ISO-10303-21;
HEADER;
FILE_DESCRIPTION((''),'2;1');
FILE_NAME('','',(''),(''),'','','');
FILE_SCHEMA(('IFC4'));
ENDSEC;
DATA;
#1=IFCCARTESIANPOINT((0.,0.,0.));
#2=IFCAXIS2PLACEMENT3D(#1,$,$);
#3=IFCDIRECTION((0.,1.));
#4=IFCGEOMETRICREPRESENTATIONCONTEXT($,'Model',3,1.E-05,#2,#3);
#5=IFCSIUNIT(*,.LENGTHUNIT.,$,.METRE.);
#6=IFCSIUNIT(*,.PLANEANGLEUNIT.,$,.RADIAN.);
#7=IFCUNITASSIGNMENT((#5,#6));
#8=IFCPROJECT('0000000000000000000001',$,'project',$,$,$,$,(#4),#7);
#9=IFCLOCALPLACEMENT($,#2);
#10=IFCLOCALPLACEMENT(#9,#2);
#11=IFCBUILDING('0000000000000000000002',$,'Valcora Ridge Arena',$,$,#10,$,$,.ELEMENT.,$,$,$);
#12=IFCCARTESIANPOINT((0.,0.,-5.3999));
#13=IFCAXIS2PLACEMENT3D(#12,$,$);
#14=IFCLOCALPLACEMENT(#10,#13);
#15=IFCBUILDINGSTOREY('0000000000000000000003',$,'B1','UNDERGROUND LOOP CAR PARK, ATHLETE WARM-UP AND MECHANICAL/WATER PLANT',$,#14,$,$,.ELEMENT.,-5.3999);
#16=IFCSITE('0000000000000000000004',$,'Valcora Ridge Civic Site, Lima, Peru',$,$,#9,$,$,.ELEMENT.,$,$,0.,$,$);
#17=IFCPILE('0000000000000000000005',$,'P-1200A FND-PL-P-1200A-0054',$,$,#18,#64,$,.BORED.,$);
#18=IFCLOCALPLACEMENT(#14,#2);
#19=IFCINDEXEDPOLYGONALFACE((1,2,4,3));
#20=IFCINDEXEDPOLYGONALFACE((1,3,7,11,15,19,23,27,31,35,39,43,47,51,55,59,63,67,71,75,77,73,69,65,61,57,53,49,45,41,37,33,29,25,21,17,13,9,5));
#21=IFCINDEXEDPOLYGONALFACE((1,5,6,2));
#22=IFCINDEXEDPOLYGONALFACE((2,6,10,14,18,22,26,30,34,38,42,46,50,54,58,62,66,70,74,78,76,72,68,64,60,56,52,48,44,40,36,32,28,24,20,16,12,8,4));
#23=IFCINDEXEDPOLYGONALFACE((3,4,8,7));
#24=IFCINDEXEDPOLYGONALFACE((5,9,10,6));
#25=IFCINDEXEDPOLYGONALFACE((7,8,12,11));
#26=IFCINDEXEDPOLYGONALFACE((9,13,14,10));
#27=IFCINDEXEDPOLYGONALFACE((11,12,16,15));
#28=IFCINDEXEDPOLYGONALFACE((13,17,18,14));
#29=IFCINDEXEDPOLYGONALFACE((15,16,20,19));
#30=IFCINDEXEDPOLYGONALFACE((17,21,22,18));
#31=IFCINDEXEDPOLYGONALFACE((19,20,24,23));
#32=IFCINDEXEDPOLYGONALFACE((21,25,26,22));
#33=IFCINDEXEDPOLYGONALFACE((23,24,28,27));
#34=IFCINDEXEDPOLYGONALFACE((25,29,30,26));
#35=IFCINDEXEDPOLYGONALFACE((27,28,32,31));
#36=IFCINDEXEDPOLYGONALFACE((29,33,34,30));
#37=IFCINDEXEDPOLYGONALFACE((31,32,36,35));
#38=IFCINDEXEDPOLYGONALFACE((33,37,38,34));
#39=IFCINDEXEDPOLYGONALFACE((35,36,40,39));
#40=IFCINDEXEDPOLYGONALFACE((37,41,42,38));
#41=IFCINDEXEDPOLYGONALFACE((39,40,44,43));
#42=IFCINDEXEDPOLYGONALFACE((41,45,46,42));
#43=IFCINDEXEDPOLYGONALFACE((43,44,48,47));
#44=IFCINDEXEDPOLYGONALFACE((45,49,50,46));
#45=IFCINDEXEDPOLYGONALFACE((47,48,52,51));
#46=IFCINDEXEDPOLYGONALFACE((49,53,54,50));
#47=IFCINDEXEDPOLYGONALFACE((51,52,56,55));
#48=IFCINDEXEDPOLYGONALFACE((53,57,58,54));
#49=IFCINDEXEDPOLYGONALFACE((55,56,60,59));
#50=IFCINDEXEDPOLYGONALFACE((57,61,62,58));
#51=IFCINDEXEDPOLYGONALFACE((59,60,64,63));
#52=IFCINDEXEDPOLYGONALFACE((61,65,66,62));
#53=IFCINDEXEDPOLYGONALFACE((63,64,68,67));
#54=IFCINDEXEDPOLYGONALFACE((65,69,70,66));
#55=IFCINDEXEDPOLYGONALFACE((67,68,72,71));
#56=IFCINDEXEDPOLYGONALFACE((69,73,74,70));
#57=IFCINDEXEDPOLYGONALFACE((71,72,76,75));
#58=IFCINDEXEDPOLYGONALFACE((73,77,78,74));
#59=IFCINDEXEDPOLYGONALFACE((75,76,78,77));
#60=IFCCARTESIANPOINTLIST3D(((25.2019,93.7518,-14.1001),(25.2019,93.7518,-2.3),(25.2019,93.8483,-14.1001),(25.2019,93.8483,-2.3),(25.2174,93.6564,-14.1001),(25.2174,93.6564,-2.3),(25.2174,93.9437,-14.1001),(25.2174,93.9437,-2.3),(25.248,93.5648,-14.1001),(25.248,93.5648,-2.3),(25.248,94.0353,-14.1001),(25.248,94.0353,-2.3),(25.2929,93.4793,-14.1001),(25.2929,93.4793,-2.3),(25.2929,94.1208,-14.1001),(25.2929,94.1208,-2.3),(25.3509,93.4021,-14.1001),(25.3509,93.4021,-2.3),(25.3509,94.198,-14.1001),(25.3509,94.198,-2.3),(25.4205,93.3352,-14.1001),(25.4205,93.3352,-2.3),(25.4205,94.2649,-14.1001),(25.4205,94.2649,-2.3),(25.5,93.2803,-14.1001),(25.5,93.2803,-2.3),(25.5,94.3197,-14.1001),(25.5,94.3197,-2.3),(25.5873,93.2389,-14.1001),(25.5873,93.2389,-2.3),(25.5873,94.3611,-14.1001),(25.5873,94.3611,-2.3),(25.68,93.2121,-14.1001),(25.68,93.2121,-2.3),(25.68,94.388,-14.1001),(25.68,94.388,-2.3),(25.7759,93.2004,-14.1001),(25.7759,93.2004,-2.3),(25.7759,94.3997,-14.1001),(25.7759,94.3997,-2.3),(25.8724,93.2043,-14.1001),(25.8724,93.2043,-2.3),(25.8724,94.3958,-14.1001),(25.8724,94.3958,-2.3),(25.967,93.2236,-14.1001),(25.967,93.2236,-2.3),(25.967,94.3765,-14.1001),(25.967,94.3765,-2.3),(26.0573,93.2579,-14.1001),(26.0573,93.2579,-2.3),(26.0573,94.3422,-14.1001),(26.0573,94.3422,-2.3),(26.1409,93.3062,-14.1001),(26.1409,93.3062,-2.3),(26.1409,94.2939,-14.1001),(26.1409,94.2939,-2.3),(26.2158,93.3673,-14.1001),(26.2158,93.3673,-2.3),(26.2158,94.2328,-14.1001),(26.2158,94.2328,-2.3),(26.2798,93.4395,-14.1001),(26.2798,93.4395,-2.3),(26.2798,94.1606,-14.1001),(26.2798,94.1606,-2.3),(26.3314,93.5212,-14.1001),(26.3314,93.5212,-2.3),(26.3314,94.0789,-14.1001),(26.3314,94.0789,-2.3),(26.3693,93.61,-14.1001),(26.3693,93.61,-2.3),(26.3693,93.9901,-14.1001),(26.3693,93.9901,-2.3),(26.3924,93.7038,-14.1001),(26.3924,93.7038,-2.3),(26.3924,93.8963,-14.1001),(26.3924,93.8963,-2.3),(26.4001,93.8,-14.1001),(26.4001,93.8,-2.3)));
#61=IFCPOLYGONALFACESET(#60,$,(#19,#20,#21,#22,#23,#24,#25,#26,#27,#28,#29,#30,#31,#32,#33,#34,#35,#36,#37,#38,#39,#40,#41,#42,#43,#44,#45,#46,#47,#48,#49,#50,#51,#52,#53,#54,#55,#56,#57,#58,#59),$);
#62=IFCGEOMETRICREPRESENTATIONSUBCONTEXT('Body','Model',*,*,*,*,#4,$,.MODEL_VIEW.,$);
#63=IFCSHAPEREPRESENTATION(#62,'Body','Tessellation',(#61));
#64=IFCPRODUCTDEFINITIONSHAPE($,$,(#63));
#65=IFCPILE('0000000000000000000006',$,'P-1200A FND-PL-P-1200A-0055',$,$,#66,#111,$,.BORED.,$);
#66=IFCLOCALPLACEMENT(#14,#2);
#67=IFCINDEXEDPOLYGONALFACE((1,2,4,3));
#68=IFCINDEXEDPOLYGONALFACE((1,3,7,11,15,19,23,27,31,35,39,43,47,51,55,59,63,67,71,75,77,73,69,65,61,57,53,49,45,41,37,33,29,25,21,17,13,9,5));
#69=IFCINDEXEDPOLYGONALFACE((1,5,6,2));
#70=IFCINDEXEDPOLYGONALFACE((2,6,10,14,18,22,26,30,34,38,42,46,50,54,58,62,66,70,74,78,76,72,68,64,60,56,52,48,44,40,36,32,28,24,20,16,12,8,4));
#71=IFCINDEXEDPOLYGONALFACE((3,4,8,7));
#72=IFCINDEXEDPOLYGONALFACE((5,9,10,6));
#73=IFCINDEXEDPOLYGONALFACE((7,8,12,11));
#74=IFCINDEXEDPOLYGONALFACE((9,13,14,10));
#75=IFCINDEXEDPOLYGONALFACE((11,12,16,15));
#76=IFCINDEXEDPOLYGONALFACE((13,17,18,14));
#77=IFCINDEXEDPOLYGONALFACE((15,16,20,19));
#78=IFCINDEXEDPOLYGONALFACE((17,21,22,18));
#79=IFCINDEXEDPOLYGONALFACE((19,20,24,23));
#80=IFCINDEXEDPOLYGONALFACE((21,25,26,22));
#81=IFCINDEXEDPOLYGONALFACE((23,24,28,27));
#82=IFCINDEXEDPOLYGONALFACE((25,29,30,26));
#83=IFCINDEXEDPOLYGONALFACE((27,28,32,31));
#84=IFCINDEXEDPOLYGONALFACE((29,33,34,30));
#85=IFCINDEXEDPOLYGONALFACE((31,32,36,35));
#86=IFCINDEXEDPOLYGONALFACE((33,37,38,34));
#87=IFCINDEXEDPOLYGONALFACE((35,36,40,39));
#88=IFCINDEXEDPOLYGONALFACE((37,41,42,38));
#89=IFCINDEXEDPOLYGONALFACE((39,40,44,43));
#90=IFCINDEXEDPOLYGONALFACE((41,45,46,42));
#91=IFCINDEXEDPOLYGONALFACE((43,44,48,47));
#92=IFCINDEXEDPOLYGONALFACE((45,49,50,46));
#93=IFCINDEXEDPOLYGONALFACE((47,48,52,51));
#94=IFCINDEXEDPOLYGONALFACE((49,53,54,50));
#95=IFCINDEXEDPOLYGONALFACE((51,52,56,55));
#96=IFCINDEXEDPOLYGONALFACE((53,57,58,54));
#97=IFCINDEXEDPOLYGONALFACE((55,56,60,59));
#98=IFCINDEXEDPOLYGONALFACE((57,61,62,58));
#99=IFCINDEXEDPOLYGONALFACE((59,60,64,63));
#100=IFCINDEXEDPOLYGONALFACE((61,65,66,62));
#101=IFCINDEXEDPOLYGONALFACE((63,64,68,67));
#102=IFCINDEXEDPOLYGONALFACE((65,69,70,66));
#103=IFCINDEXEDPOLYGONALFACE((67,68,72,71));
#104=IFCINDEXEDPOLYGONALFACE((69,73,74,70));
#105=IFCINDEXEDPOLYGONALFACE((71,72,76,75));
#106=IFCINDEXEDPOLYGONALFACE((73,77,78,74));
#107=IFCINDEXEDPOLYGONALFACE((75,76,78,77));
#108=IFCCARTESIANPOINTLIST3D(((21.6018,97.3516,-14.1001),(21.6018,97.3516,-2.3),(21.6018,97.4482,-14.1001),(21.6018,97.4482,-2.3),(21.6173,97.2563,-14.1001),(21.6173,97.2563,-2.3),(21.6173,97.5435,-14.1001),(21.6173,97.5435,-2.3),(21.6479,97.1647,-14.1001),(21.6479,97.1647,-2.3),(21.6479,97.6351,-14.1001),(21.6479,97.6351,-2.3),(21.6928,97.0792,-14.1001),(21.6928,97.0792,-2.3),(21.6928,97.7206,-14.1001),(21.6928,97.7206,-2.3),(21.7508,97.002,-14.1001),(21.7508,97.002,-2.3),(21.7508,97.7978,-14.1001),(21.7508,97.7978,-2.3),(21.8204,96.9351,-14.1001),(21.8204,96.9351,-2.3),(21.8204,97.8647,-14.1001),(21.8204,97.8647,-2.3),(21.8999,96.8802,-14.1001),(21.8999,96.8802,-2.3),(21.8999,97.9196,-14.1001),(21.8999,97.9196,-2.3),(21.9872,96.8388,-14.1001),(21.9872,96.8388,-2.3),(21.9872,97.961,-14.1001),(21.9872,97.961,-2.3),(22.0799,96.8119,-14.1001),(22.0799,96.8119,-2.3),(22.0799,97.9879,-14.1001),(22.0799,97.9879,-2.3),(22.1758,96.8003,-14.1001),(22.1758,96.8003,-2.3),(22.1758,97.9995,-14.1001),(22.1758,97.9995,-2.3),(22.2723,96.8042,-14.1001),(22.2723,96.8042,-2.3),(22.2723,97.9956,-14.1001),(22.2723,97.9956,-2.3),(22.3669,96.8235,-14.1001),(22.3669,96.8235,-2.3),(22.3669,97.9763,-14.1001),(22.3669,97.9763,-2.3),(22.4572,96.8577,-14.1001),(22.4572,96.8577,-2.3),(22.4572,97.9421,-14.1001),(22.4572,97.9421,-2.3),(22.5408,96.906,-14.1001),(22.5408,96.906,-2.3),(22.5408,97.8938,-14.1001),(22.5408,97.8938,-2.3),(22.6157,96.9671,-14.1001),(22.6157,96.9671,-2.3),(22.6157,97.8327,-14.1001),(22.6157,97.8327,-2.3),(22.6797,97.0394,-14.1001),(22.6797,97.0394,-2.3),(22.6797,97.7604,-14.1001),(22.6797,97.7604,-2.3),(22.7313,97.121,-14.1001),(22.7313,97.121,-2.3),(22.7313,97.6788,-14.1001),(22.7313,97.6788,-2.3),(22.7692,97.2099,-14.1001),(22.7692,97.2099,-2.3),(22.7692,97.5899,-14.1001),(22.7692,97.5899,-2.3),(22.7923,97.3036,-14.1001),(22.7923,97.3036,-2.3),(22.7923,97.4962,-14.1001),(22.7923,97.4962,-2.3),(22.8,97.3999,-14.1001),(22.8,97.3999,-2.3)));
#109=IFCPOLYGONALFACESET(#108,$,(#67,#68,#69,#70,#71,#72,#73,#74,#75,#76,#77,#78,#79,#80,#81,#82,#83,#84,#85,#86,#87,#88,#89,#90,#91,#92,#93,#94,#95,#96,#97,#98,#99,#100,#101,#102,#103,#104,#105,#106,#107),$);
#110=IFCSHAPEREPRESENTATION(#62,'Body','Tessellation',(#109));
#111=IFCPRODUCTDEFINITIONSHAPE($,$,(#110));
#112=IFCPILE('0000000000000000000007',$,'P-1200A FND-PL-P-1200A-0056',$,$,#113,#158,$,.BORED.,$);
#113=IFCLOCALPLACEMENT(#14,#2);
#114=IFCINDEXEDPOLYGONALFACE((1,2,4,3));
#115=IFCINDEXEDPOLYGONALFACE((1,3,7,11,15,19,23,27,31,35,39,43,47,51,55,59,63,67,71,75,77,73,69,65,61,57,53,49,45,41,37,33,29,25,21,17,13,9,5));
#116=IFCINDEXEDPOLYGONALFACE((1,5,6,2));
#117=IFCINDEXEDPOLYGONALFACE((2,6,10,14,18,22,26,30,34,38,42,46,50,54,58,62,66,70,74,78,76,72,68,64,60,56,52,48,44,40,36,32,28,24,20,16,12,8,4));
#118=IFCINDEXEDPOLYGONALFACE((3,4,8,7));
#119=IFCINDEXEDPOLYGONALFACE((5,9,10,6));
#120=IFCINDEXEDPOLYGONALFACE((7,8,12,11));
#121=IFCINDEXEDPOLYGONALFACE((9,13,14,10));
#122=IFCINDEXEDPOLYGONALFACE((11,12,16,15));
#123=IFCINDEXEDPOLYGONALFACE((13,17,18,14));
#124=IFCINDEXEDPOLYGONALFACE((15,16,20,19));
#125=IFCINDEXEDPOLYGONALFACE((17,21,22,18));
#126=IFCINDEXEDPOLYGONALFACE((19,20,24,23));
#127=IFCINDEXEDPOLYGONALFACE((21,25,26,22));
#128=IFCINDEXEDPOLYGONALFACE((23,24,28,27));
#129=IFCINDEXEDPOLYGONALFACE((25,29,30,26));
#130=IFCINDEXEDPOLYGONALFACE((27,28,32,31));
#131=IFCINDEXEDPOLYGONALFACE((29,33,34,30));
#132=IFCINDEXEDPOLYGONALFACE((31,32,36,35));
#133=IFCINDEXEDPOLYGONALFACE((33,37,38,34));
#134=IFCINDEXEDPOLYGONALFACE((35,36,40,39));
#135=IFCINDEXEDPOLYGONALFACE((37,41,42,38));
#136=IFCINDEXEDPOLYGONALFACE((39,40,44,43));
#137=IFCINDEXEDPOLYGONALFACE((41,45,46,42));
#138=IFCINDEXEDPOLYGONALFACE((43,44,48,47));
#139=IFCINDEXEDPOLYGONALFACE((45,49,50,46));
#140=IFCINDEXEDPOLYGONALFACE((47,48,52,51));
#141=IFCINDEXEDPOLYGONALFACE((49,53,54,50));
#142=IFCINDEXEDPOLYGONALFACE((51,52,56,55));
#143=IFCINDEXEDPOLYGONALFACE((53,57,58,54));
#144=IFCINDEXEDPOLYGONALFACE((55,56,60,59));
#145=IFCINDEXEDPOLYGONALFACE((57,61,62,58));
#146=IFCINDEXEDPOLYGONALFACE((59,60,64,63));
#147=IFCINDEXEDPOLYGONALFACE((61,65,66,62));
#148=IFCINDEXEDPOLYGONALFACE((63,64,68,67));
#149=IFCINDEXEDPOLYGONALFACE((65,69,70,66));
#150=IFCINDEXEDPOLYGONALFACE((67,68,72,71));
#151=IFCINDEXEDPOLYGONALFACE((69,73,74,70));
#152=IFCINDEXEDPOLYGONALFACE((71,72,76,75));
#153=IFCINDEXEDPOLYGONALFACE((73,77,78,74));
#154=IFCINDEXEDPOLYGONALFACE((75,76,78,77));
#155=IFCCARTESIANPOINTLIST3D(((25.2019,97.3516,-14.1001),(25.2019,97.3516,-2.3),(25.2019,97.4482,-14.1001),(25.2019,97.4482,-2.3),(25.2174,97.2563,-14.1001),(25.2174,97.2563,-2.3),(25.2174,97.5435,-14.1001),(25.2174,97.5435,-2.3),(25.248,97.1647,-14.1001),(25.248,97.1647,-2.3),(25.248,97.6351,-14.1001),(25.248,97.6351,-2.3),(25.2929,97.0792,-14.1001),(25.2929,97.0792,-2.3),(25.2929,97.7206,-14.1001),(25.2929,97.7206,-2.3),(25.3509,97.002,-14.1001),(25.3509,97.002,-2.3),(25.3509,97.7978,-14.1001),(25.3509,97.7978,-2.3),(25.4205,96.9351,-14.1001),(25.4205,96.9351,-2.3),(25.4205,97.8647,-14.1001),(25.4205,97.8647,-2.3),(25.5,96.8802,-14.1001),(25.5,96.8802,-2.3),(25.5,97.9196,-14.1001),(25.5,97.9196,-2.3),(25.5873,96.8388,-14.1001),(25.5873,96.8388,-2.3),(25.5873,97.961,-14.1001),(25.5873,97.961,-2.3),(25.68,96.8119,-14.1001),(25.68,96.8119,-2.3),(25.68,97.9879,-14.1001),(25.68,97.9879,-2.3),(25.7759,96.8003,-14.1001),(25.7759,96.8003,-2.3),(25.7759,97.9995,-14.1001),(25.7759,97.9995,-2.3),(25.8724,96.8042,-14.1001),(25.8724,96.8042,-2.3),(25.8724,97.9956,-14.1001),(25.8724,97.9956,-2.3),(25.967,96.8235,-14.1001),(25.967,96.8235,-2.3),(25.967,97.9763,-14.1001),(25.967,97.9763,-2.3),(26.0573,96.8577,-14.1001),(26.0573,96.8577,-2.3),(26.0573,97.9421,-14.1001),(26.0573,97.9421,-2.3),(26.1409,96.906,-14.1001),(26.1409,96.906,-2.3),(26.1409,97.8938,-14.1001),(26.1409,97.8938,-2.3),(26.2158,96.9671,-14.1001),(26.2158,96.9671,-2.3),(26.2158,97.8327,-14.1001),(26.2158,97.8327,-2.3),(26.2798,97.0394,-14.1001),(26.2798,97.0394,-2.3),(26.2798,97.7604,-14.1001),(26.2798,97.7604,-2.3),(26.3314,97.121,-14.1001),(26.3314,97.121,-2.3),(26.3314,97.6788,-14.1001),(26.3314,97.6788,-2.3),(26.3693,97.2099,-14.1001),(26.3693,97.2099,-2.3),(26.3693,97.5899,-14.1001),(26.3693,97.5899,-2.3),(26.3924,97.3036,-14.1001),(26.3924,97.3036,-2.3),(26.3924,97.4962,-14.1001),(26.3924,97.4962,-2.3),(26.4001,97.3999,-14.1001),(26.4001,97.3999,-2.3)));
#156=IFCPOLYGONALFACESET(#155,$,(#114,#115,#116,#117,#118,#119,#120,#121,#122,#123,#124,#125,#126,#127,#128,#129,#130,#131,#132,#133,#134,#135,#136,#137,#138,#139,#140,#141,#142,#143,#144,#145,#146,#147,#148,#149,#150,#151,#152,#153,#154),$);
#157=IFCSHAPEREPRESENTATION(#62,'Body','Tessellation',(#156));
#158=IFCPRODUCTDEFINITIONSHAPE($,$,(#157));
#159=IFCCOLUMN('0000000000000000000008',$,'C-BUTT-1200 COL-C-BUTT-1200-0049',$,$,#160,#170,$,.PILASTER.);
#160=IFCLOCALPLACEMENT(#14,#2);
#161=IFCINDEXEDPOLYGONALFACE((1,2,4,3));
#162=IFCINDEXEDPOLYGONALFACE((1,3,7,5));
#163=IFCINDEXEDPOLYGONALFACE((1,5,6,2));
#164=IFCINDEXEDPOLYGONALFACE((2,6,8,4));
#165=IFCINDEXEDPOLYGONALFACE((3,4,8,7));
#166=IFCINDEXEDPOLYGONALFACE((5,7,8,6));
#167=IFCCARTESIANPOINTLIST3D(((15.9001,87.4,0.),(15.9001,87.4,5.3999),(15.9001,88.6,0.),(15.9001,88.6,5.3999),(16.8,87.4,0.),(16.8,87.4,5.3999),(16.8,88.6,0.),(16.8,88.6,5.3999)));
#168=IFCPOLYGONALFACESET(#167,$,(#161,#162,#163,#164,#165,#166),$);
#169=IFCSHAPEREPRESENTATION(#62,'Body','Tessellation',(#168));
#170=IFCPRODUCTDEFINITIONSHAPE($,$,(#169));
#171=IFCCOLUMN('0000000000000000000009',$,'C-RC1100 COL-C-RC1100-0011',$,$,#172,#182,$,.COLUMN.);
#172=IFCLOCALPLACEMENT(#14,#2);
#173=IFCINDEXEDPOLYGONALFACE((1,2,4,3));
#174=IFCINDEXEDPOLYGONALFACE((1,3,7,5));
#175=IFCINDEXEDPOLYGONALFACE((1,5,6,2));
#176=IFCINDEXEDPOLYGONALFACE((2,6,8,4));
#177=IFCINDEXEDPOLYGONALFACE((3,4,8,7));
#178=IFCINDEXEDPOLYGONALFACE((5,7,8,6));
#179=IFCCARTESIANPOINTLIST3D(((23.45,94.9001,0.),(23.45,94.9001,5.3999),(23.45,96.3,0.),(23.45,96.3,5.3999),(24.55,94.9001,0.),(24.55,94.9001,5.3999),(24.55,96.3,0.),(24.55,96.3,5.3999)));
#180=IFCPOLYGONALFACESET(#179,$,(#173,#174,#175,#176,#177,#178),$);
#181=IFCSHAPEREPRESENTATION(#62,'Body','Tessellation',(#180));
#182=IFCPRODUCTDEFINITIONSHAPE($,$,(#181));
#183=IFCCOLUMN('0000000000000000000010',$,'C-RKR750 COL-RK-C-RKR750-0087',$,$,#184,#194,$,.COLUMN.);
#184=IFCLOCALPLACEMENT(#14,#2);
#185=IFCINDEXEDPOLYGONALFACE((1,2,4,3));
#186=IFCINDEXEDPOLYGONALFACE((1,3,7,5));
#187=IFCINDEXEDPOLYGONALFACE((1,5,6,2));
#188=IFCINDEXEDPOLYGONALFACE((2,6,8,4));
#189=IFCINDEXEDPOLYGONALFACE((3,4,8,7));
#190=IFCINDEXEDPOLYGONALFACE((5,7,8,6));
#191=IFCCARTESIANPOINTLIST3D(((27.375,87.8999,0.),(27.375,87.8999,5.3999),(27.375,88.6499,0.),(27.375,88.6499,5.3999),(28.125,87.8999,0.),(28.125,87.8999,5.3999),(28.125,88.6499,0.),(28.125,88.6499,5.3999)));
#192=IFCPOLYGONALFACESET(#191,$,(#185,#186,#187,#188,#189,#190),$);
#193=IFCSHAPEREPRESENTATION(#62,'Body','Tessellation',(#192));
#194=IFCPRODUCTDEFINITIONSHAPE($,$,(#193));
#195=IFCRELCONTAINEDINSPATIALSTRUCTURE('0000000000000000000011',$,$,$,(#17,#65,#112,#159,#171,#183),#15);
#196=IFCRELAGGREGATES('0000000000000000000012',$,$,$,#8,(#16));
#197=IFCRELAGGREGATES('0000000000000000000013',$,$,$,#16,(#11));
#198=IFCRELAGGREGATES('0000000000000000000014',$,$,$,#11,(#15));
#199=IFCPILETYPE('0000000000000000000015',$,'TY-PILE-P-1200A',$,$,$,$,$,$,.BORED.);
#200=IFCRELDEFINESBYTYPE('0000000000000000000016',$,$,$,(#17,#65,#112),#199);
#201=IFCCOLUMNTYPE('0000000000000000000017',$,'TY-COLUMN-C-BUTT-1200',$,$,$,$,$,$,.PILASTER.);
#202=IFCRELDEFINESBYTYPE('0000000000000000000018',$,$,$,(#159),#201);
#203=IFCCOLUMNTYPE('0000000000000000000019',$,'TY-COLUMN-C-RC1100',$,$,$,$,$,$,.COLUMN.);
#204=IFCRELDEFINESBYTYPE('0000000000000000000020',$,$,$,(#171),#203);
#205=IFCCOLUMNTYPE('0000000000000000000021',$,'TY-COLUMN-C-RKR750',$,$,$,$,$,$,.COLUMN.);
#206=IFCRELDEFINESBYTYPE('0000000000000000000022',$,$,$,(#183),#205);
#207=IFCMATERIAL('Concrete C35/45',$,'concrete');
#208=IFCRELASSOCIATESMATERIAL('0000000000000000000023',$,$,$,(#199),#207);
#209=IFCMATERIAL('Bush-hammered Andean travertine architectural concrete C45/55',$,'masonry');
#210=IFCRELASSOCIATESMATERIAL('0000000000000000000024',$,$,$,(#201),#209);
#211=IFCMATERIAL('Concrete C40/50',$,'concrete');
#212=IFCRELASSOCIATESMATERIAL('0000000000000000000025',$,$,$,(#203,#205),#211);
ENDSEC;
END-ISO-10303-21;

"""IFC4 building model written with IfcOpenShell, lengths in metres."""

from ifc_helpers import new_model, si_unit, direction, frame, origin, origin_2d, place, context, subcontext, project, spatial, rectangle, circle, extrude, material, material_profile, profile_set, type_object, element, save


model = new_model("IFC4")

# Units and contexts
model_context = context("Model", 3, precision=1e-05, world=origin(), true_north=direction((0.0, 1.0)))
body_context = subcontext(model_context, "Body", "Model", "MODEL_VIEW")
ifc_project = project(units=[si_unit("LENGTHUNIT", "METRE"), si_unit("PLANEANGLEUNIT", "RADIAN")], contexts=[model_context])

# Site, building, storey
site_placement = place(None, origin())
site = spatial("IfcSite", under=ifc_project, at=site_placement, Name="Valcora Ridge Civic Site, Lima, Peru", CompositionType="ELEMENT", RefElevation=0.0)
building_placement = place(site_placement, origin())
building = spatial("IfcBuilding", under=site, at=building_placement, Name="Valcora Ridge Arena", CompositionType="ELEMENT")
storey_placement = place(building_placement, frame((0.0, 0.0, -5.3999)))
storey = spatial("IfcBuildingStorey", under=building, at=storey_placement, Name="B1", Description="UNDERGROUND LOOP CAR PARK, ATHLETE WARM-UP AND MECHANICAL/WATER PLANT", CompositionType="ELEMENT", Elevation=-5.3999)

# Shared definitions
ifc_material_1 = material(Name="Concrete C40/50", Category="concrete")

# Piles
ifc_material_2 = material(Name="Concrete C35/45", Category="concrete")
ifc_material_profile_1 = material_profile(ifc_material_2, circle(Radius=0.6001, at=origin_2d()), Name="BORED PILE D1200")
ifc_profile_set_1 = profile_set([ifc_material_profile_1], Name="Concrete C35/45")
pile_type_1 = type_object("IfcPileType", Name="TY-PILE-P-1200A", PredefinedType="BORED", material=ifc_profile_set_1)
for number, where, z_axis, x_axis, name in (
    (1, (25.8, 93.8, -2.3), (0.0, 0.0, -1.0), (1.0, 0.0, 0.0), "P-1200A FND-PL-P-1200A-0054"),
    (2, (22.2, 97.3999, -2.3), (0.0, 0.0, -1.0), (1.0, 0.0, 0.0), "P-1200A FND-PL-P-1200A-0055"),
    (3, (25.8, 97.3999, -2.3), (0.0, 0.0, -1.0), (1.0, 0.0, 0.0), "P-1200A FND-PL-P-1200A-0056"),
):
    element("IfcPile", number, at=place(storey_placement, frame(where, z_axis=z_axis, x_axis=x_axis)), inside=storey, type_object=pile_type_1, Name=name, PredefinedType="BORED", context=body_context, shape_type="SweptSolid", body=[
        extrude(circle(Radius=0.6001, at=origin_2d()), origin(), (0.0, 0.0, 1.0), 11.8),
    ])

# Columns
ifc_material_3 = material(Name="Bush-hammered Andean travertine architectural concrete C45/55", Category="masonry")
ifc_material_profile_2 = material_profile(ifc_material_3, rectangle(XDim=0.8999, YDim=1.2, at=origin_2d()), Name="RC 900x1200")
ifc_profile_set_2 = profile_set([ifc_material_profile_2], Name="Bush-hammered Andean travertine architectural concrete C45/55")
column_type_1 = type_object("IfcColumnType", Name="TY-COLUMN-C-BUTT-1200", PredefinedType="PILASTER", material=ifc_profile_set_2)
column_1_placement = place(storey_placement, frame((16.3501, 88.0, 0.0), z_axis=(0.0, 0.0, 1.0), x_axis=(1.0, 0.0, 0.0)))
element("IfcColumn", 4, at=column_1_placement, inside=storey, type_object=column_type_1, Name="C-BUTT-1200 COL-C-BUTT-1200-0049", PredefinedType="PILASTER", context=body_context, shape_type="SweptSolid", body=[
    extrude(rectangle(XDim=0.8999, YDim=1.2, at=origin_2d()), origin(), (0.0, 0.0, 1.0), 5.3999),
])
ifc_material_profile_3 = material_profile(ifc_material_1, rectangle(XDim=1.1001, YDim=1.3999, at=origin_2d()), Name="RC 1100x1400")
ifc_profile_set_3 = profile_set([ifc_material_profile_3], Name="Concrete C40/50")
column_type_2 = type_object("IfcColumnType", Name="TY-COLUMN-C-RC1100", PredefinedType="COLUMN", material=ifc_profile_set_3)
column_2_placement = place(storey_placement, frame((24.0, 95.6001, 0.0), z_axis=(0.0, 0.0, 1.0), x_axis=(1.0, 0.0, 0.0)))
element("IfcColumn", 5, at=column_2_placement, inside=storey, type_object=column_type_2, Name="C-RC1100 COL-C-RC1100-0011", PredefinedType="COLUMN", context=body_context, shape_type="SweptSolid", body=[
    extrude(rectangle(XDim=1.1001, YDim=1.3999, at=origin_2d()), origin(), (0.0, 0.0, 1.0), 5.3999),
])
ifc_material_profile_4 = material_profile(ifc_material_1, rectangle(XDim=0.75, YDim=0.75, at=origin_2d()), Name="RC 750x750")
ifc_profile_set_4 = profile_set([ifc_material_profile_4], Name="Concrete C40/50")
column_type_3 = type_object("IfcColumnType", Name="TY-COLUMN-C-RKR750", PredefinedType="COLUMN", material=ifc_profile_set_4)
for number, where, z_axis, x_axis, name in (
    (6, (27.75, 88.2749, 0.0), (0.0, 0.0, 1.0), (1.0, 0.0, 0.0), "C-RKR750 COL-RK-C-RKR750-0087"),
):
    element("IfcColumn", number, at=place(storey_placement, frame(where, z_axis=z_axis, x_axis=x_axis)), inside=storey, type_object=column_type_3, Name=name, PredefinedType="COLUMN", context=body_context, shape_type="SweptSolid", body=[
        extrude(rectangle(XDim=0.75, YDim=0.75, at=origin_2d()), origin(), (0.0, 0.0, 1.0), 5.3999),
    ])

save(model, "model.ifc")
